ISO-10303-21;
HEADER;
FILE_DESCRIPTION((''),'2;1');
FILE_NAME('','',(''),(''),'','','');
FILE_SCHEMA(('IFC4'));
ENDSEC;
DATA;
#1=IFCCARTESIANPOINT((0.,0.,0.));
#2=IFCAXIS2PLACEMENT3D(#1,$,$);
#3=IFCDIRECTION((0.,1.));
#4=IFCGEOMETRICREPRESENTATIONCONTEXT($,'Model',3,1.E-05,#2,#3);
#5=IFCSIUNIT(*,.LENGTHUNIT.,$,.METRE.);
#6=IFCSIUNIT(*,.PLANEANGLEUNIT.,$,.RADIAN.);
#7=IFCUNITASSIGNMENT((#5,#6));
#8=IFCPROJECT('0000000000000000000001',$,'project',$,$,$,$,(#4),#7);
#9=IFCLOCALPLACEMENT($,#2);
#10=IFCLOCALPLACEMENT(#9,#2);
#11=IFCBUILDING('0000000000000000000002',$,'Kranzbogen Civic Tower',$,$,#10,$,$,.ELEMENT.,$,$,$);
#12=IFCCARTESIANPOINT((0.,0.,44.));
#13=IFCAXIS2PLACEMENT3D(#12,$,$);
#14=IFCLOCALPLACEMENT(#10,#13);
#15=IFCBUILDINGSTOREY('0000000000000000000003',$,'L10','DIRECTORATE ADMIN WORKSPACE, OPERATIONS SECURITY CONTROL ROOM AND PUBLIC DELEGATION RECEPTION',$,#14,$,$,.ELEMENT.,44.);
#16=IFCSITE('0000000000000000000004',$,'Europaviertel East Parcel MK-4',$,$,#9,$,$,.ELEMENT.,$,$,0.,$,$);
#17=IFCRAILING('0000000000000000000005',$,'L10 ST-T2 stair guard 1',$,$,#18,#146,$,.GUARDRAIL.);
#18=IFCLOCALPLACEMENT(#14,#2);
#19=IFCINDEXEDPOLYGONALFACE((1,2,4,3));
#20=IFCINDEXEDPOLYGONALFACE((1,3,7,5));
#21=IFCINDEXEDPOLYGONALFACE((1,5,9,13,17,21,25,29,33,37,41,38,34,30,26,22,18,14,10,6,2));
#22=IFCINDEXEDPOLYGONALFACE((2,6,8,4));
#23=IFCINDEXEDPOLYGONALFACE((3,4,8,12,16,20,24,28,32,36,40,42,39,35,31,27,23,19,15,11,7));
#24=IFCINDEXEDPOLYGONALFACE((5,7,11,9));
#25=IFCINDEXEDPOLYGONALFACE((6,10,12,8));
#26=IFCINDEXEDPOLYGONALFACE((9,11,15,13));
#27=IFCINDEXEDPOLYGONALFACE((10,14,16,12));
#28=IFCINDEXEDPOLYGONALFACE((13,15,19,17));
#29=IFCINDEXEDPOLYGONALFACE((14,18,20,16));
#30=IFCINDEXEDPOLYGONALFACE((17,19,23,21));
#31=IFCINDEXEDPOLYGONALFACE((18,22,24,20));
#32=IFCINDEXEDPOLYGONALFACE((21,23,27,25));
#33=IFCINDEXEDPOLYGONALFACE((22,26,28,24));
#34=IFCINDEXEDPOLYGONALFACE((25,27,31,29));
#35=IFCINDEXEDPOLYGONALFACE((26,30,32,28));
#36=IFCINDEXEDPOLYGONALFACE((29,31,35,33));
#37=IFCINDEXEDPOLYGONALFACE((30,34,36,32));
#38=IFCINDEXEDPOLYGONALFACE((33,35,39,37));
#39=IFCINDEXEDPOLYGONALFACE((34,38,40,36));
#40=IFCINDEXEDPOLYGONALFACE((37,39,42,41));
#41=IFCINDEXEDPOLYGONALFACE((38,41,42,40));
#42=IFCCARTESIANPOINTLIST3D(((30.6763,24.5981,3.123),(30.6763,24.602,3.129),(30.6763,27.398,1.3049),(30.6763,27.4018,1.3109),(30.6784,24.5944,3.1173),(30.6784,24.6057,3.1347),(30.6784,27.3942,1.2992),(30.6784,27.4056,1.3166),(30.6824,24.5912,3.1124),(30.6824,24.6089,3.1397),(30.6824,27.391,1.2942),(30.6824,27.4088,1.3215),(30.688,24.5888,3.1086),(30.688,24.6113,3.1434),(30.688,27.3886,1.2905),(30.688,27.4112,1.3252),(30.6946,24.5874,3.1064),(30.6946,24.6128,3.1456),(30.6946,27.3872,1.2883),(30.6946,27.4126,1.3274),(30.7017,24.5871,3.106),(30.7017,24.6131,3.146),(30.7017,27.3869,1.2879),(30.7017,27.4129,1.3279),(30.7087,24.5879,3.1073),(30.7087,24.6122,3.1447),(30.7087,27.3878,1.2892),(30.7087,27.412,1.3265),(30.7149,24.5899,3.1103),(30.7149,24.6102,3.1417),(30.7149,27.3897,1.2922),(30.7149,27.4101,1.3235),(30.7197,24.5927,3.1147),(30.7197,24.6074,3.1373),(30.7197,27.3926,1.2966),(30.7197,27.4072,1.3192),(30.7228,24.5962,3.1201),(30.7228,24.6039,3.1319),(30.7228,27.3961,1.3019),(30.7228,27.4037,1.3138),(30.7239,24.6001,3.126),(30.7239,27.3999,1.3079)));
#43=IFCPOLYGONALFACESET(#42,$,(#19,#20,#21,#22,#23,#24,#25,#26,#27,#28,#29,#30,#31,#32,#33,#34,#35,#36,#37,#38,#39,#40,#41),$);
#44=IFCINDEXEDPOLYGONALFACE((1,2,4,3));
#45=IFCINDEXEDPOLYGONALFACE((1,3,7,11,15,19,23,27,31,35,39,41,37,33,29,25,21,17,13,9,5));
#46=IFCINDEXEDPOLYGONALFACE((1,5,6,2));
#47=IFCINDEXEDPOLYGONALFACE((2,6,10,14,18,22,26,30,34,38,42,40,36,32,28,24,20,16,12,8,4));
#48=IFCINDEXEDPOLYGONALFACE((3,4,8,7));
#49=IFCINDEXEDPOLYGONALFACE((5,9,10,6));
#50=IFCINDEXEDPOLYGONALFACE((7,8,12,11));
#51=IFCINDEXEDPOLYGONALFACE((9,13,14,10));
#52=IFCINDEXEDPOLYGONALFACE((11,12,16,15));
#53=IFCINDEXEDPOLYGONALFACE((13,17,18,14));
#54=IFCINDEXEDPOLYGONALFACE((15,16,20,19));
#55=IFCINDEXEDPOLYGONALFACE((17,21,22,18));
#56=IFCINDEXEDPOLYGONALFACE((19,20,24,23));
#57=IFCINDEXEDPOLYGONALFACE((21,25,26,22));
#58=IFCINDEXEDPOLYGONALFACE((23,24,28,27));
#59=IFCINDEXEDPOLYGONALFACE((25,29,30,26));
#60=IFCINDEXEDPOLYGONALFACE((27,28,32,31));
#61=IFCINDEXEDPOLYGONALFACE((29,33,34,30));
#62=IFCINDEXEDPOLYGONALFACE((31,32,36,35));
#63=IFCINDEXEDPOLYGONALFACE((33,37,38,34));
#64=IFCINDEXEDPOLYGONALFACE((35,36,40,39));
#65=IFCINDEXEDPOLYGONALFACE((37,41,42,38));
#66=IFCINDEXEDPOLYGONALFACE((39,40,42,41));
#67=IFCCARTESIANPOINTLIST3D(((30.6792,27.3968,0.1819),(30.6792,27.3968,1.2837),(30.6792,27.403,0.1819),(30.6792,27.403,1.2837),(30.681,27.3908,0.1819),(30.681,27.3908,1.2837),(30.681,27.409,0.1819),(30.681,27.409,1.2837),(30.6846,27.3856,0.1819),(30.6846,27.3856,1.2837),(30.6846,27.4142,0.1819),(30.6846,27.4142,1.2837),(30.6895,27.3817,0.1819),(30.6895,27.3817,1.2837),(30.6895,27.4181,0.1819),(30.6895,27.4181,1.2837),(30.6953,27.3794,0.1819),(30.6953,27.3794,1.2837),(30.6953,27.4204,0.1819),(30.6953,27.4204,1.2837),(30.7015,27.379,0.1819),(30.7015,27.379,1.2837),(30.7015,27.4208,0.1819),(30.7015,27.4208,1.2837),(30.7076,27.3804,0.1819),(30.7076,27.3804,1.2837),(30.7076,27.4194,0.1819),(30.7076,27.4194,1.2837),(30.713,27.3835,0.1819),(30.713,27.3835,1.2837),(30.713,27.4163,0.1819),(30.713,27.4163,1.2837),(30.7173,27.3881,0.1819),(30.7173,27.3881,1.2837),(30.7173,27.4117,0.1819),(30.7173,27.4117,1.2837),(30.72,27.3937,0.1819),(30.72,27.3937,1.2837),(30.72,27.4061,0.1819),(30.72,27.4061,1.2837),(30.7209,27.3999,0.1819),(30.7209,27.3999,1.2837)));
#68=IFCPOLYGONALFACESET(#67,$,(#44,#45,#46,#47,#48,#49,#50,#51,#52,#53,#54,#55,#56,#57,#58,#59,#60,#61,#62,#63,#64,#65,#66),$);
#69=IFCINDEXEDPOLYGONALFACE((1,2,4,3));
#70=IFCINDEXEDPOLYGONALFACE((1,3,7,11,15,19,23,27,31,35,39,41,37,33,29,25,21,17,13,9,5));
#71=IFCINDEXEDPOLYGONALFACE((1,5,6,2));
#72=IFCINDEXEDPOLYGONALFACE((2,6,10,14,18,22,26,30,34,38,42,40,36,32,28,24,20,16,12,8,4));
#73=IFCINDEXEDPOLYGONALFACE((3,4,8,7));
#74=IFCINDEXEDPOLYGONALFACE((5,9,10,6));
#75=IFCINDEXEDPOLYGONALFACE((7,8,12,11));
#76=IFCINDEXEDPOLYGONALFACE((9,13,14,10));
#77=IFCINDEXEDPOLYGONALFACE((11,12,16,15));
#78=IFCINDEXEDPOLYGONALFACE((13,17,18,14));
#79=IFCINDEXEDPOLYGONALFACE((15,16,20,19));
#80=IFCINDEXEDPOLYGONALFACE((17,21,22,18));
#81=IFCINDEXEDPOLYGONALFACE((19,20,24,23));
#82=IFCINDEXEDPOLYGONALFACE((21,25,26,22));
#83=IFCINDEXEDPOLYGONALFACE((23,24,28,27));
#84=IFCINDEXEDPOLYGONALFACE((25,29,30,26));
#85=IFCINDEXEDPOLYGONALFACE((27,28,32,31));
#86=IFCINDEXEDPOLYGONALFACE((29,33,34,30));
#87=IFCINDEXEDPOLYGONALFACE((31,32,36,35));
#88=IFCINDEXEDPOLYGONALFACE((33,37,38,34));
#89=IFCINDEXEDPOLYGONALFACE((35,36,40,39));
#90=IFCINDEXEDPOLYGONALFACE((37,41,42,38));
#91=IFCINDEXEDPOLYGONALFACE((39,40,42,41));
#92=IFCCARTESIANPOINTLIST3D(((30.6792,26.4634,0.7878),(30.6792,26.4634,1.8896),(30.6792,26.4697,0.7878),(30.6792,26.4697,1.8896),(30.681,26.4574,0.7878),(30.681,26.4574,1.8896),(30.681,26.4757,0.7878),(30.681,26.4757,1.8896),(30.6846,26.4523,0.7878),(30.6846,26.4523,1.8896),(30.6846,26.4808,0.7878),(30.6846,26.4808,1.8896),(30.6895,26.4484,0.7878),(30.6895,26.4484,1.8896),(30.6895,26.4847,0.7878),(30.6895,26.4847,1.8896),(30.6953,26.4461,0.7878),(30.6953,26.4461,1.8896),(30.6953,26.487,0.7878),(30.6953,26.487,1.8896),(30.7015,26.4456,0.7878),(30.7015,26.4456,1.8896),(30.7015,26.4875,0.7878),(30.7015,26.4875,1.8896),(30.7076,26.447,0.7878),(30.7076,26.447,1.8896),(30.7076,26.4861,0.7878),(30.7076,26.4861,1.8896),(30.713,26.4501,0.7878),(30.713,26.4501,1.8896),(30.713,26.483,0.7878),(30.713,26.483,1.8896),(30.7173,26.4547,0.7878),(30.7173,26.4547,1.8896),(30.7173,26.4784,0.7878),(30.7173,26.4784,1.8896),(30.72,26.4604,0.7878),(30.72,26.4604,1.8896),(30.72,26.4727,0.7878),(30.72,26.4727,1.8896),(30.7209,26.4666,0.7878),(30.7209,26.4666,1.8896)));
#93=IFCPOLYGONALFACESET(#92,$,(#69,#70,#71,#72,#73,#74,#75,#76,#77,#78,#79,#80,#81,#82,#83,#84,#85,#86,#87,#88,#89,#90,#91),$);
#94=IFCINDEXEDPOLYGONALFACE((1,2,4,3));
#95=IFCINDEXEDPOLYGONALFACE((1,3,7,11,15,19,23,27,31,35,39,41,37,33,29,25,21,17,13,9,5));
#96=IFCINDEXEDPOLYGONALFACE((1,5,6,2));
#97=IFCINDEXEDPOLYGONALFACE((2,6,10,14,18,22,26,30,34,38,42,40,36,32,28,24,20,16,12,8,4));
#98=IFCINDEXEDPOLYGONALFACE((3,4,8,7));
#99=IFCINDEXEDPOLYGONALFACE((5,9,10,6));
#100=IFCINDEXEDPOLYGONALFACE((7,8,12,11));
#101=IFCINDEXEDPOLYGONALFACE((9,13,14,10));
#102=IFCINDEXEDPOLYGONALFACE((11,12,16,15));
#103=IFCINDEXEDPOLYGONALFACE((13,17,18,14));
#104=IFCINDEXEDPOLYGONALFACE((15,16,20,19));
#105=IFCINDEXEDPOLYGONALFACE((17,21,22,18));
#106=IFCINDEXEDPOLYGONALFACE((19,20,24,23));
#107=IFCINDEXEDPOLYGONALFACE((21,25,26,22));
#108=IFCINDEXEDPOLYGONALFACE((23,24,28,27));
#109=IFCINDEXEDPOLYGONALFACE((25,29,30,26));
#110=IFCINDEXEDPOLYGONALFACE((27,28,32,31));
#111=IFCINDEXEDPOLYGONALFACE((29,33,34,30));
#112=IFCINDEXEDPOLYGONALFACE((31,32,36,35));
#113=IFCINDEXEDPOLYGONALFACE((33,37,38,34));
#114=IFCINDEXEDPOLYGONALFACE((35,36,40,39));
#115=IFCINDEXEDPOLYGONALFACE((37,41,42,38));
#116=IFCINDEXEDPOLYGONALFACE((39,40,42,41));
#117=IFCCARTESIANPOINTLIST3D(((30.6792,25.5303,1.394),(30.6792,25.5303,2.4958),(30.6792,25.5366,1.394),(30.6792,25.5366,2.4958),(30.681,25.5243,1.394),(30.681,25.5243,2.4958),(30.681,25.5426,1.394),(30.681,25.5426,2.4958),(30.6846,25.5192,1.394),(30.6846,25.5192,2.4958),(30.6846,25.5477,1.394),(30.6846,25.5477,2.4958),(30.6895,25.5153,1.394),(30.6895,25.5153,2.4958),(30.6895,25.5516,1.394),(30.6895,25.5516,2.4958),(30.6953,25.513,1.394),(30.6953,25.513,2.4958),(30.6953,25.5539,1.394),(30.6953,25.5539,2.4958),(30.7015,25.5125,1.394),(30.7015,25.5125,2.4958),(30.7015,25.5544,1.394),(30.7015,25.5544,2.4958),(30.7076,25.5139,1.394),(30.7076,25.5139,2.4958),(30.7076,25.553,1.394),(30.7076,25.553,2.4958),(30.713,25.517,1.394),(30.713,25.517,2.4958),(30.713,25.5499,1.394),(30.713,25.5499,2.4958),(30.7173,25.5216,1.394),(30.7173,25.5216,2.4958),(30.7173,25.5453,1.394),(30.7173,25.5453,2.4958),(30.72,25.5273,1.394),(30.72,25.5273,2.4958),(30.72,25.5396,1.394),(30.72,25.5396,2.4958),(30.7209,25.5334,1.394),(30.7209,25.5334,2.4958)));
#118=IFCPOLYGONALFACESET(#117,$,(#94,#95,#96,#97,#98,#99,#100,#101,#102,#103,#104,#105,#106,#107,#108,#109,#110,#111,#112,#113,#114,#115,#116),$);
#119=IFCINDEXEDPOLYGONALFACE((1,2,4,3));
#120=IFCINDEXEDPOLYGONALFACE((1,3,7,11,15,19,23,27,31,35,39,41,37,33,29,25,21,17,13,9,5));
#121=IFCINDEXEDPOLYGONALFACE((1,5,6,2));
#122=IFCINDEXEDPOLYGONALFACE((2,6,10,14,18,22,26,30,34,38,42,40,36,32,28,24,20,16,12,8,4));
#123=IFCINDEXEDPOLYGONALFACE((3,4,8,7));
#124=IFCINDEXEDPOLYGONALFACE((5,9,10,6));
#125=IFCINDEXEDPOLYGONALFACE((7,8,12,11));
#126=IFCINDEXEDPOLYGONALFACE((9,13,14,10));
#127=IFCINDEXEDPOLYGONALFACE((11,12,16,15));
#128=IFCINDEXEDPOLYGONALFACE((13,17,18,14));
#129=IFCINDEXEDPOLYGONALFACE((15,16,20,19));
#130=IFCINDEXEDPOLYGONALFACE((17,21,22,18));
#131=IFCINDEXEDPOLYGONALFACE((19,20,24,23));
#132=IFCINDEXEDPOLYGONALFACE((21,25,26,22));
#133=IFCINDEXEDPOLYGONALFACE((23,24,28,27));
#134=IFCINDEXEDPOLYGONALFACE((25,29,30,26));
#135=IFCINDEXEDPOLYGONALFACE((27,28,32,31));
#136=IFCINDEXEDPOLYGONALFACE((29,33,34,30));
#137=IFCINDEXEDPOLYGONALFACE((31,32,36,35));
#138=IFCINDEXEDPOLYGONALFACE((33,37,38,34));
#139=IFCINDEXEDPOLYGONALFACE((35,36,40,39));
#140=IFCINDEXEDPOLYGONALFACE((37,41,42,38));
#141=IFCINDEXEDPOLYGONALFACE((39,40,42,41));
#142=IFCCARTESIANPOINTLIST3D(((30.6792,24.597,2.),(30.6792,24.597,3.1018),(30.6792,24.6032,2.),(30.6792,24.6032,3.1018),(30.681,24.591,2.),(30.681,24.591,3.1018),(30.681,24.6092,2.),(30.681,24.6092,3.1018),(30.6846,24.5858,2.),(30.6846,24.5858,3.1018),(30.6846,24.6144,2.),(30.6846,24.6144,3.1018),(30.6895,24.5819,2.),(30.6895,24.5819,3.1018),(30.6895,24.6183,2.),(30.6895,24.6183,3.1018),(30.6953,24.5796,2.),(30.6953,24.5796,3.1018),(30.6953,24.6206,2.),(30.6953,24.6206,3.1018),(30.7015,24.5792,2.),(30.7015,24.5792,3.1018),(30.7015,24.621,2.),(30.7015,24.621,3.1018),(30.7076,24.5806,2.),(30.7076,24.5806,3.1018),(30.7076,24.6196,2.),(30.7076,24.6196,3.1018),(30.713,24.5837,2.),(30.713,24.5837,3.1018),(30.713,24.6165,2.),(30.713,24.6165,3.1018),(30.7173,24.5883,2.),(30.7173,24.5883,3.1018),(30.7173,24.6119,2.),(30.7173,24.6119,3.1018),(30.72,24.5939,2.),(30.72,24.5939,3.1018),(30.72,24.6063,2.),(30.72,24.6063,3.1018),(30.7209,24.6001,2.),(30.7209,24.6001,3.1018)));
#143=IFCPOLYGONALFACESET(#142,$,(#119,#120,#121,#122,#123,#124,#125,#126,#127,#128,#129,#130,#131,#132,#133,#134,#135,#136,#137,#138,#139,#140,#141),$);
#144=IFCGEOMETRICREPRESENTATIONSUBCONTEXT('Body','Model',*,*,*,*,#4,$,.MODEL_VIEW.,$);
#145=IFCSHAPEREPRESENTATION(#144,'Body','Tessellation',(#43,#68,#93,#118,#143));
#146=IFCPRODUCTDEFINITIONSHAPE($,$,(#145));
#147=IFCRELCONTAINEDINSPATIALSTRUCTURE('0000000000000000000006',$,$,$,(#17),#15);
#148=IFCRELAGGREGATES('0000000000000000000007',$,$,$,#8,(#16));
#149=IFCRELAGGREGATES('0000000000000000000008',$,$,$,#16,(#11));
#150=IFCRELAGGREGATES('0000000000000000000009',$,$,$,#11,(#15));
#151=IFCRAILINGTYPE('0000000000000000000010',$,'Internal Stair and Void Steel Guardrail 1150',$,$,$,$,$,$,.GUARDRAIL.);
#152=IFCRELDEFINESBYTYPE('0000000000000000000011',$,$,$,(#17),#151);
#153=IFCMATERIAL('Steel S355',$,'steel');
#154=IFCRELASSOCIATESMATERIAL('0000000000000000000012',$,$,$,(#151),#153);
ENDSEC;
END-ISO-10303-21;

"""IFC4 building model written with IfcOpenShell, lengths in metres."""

from ifc_helpers import new_model, si_unit, direction, frame, origin, origin_2d, place, context, subcontext, project, spatial, circle, extrude, material, type_object, element, save


model = new_model("IFC4")

# Units and contexts
model_context = context("Model", 3, precision=1e-05, world=origin(), true_north=direction((0.0, 1.0)))
body_context = subcontext(model_context, "Body", "Model", "MODEL_VIEW")
ifc_project = project(units=[si_unit("LENGTHUNIT", "METRE"), si_unit("PLANEANGLEUNIT", "RADIAN")], contexts=[model_context])

# Site, building, storey
site_placement = place(None, origin())
site = spatial("IfcSite", under=ifc_project, at=site_placement, Name="Europaviertel East Parcel MK-4", CompositionType="ELEMENT", RefElevation=0.0)
building_placement = place(site_placement, origin())
building = spatial("IfcBuilding", under=site, at=building_placement, Name="Kranzbogen Civic Tower", CompositionType="ELEMENT")
storey_placement = place(building_placement, frame((0.0, 0.0, 44.0)))
storey = spatial("IfcBuildingStorey", under=building, at=storey_placement, Name="L10", Description="DIRECTORATE ADMIN WORKSPACE, OPERATIONS SECURITY CONTROL ROOM AND PUBLIC DELEGATION RECEPTION", CompositionType="ELEMENT", Elevation=44.0)

# Shared definitions
ifc_material_1 = material(Name="Steel S355", Category="steel")

# Railing
railing_type_1 = type_object("IfcRailingType", Name="Internal Stair and Void Steel Guardrail 1150", PredefinedType="GUARDRAIL", material=ifc_material_1)
railing_1_placement = place(storey_placement, frame((30.7, 27.3999, 0.1819)))
element("IfcRailing", 1, at=railing_1_placement, inside=storey, type_object=railing_type_1, Name="L10 ST-T2 stair guard 1", PredefinedType="GUARDRAIL", context=body_context, shape_type="SweptSolid", body=[
    extrude(circle(Radius=0.0239, at=origin_2d()), frame((0.0, 0.0, 1.126), z_axis=(0.0, -0.838684, 0.544618), x_axis=(1.0, 0.0, 0.0)), (0.0, 0.0, 1.0), 3.3384),
    extrude(circle(Radius=0.021, at=origin_2d()), origin(), (0.0, 0.0, 1.0), 1.1018),
    extrude(circle(Radius=0.021, at=origin_2d()), frame((0.0, -0.9333, 0.606)), (0.0, 0.0, 1.0), 1.1018),
    extrude(circle(Radius=0.021, at=origin_2d()), frame((0.0, -1.8665, 1.2122)), (0.0, 0.0, 1.0), 1.1018),
    extrude(circle(Radius=0.021, at=origin_2d()), frame((0.0, -2.7998, 1.8181)), (0.0, 0.0, 1.0), 1.1018),
])

save(model, "model.ifc")
